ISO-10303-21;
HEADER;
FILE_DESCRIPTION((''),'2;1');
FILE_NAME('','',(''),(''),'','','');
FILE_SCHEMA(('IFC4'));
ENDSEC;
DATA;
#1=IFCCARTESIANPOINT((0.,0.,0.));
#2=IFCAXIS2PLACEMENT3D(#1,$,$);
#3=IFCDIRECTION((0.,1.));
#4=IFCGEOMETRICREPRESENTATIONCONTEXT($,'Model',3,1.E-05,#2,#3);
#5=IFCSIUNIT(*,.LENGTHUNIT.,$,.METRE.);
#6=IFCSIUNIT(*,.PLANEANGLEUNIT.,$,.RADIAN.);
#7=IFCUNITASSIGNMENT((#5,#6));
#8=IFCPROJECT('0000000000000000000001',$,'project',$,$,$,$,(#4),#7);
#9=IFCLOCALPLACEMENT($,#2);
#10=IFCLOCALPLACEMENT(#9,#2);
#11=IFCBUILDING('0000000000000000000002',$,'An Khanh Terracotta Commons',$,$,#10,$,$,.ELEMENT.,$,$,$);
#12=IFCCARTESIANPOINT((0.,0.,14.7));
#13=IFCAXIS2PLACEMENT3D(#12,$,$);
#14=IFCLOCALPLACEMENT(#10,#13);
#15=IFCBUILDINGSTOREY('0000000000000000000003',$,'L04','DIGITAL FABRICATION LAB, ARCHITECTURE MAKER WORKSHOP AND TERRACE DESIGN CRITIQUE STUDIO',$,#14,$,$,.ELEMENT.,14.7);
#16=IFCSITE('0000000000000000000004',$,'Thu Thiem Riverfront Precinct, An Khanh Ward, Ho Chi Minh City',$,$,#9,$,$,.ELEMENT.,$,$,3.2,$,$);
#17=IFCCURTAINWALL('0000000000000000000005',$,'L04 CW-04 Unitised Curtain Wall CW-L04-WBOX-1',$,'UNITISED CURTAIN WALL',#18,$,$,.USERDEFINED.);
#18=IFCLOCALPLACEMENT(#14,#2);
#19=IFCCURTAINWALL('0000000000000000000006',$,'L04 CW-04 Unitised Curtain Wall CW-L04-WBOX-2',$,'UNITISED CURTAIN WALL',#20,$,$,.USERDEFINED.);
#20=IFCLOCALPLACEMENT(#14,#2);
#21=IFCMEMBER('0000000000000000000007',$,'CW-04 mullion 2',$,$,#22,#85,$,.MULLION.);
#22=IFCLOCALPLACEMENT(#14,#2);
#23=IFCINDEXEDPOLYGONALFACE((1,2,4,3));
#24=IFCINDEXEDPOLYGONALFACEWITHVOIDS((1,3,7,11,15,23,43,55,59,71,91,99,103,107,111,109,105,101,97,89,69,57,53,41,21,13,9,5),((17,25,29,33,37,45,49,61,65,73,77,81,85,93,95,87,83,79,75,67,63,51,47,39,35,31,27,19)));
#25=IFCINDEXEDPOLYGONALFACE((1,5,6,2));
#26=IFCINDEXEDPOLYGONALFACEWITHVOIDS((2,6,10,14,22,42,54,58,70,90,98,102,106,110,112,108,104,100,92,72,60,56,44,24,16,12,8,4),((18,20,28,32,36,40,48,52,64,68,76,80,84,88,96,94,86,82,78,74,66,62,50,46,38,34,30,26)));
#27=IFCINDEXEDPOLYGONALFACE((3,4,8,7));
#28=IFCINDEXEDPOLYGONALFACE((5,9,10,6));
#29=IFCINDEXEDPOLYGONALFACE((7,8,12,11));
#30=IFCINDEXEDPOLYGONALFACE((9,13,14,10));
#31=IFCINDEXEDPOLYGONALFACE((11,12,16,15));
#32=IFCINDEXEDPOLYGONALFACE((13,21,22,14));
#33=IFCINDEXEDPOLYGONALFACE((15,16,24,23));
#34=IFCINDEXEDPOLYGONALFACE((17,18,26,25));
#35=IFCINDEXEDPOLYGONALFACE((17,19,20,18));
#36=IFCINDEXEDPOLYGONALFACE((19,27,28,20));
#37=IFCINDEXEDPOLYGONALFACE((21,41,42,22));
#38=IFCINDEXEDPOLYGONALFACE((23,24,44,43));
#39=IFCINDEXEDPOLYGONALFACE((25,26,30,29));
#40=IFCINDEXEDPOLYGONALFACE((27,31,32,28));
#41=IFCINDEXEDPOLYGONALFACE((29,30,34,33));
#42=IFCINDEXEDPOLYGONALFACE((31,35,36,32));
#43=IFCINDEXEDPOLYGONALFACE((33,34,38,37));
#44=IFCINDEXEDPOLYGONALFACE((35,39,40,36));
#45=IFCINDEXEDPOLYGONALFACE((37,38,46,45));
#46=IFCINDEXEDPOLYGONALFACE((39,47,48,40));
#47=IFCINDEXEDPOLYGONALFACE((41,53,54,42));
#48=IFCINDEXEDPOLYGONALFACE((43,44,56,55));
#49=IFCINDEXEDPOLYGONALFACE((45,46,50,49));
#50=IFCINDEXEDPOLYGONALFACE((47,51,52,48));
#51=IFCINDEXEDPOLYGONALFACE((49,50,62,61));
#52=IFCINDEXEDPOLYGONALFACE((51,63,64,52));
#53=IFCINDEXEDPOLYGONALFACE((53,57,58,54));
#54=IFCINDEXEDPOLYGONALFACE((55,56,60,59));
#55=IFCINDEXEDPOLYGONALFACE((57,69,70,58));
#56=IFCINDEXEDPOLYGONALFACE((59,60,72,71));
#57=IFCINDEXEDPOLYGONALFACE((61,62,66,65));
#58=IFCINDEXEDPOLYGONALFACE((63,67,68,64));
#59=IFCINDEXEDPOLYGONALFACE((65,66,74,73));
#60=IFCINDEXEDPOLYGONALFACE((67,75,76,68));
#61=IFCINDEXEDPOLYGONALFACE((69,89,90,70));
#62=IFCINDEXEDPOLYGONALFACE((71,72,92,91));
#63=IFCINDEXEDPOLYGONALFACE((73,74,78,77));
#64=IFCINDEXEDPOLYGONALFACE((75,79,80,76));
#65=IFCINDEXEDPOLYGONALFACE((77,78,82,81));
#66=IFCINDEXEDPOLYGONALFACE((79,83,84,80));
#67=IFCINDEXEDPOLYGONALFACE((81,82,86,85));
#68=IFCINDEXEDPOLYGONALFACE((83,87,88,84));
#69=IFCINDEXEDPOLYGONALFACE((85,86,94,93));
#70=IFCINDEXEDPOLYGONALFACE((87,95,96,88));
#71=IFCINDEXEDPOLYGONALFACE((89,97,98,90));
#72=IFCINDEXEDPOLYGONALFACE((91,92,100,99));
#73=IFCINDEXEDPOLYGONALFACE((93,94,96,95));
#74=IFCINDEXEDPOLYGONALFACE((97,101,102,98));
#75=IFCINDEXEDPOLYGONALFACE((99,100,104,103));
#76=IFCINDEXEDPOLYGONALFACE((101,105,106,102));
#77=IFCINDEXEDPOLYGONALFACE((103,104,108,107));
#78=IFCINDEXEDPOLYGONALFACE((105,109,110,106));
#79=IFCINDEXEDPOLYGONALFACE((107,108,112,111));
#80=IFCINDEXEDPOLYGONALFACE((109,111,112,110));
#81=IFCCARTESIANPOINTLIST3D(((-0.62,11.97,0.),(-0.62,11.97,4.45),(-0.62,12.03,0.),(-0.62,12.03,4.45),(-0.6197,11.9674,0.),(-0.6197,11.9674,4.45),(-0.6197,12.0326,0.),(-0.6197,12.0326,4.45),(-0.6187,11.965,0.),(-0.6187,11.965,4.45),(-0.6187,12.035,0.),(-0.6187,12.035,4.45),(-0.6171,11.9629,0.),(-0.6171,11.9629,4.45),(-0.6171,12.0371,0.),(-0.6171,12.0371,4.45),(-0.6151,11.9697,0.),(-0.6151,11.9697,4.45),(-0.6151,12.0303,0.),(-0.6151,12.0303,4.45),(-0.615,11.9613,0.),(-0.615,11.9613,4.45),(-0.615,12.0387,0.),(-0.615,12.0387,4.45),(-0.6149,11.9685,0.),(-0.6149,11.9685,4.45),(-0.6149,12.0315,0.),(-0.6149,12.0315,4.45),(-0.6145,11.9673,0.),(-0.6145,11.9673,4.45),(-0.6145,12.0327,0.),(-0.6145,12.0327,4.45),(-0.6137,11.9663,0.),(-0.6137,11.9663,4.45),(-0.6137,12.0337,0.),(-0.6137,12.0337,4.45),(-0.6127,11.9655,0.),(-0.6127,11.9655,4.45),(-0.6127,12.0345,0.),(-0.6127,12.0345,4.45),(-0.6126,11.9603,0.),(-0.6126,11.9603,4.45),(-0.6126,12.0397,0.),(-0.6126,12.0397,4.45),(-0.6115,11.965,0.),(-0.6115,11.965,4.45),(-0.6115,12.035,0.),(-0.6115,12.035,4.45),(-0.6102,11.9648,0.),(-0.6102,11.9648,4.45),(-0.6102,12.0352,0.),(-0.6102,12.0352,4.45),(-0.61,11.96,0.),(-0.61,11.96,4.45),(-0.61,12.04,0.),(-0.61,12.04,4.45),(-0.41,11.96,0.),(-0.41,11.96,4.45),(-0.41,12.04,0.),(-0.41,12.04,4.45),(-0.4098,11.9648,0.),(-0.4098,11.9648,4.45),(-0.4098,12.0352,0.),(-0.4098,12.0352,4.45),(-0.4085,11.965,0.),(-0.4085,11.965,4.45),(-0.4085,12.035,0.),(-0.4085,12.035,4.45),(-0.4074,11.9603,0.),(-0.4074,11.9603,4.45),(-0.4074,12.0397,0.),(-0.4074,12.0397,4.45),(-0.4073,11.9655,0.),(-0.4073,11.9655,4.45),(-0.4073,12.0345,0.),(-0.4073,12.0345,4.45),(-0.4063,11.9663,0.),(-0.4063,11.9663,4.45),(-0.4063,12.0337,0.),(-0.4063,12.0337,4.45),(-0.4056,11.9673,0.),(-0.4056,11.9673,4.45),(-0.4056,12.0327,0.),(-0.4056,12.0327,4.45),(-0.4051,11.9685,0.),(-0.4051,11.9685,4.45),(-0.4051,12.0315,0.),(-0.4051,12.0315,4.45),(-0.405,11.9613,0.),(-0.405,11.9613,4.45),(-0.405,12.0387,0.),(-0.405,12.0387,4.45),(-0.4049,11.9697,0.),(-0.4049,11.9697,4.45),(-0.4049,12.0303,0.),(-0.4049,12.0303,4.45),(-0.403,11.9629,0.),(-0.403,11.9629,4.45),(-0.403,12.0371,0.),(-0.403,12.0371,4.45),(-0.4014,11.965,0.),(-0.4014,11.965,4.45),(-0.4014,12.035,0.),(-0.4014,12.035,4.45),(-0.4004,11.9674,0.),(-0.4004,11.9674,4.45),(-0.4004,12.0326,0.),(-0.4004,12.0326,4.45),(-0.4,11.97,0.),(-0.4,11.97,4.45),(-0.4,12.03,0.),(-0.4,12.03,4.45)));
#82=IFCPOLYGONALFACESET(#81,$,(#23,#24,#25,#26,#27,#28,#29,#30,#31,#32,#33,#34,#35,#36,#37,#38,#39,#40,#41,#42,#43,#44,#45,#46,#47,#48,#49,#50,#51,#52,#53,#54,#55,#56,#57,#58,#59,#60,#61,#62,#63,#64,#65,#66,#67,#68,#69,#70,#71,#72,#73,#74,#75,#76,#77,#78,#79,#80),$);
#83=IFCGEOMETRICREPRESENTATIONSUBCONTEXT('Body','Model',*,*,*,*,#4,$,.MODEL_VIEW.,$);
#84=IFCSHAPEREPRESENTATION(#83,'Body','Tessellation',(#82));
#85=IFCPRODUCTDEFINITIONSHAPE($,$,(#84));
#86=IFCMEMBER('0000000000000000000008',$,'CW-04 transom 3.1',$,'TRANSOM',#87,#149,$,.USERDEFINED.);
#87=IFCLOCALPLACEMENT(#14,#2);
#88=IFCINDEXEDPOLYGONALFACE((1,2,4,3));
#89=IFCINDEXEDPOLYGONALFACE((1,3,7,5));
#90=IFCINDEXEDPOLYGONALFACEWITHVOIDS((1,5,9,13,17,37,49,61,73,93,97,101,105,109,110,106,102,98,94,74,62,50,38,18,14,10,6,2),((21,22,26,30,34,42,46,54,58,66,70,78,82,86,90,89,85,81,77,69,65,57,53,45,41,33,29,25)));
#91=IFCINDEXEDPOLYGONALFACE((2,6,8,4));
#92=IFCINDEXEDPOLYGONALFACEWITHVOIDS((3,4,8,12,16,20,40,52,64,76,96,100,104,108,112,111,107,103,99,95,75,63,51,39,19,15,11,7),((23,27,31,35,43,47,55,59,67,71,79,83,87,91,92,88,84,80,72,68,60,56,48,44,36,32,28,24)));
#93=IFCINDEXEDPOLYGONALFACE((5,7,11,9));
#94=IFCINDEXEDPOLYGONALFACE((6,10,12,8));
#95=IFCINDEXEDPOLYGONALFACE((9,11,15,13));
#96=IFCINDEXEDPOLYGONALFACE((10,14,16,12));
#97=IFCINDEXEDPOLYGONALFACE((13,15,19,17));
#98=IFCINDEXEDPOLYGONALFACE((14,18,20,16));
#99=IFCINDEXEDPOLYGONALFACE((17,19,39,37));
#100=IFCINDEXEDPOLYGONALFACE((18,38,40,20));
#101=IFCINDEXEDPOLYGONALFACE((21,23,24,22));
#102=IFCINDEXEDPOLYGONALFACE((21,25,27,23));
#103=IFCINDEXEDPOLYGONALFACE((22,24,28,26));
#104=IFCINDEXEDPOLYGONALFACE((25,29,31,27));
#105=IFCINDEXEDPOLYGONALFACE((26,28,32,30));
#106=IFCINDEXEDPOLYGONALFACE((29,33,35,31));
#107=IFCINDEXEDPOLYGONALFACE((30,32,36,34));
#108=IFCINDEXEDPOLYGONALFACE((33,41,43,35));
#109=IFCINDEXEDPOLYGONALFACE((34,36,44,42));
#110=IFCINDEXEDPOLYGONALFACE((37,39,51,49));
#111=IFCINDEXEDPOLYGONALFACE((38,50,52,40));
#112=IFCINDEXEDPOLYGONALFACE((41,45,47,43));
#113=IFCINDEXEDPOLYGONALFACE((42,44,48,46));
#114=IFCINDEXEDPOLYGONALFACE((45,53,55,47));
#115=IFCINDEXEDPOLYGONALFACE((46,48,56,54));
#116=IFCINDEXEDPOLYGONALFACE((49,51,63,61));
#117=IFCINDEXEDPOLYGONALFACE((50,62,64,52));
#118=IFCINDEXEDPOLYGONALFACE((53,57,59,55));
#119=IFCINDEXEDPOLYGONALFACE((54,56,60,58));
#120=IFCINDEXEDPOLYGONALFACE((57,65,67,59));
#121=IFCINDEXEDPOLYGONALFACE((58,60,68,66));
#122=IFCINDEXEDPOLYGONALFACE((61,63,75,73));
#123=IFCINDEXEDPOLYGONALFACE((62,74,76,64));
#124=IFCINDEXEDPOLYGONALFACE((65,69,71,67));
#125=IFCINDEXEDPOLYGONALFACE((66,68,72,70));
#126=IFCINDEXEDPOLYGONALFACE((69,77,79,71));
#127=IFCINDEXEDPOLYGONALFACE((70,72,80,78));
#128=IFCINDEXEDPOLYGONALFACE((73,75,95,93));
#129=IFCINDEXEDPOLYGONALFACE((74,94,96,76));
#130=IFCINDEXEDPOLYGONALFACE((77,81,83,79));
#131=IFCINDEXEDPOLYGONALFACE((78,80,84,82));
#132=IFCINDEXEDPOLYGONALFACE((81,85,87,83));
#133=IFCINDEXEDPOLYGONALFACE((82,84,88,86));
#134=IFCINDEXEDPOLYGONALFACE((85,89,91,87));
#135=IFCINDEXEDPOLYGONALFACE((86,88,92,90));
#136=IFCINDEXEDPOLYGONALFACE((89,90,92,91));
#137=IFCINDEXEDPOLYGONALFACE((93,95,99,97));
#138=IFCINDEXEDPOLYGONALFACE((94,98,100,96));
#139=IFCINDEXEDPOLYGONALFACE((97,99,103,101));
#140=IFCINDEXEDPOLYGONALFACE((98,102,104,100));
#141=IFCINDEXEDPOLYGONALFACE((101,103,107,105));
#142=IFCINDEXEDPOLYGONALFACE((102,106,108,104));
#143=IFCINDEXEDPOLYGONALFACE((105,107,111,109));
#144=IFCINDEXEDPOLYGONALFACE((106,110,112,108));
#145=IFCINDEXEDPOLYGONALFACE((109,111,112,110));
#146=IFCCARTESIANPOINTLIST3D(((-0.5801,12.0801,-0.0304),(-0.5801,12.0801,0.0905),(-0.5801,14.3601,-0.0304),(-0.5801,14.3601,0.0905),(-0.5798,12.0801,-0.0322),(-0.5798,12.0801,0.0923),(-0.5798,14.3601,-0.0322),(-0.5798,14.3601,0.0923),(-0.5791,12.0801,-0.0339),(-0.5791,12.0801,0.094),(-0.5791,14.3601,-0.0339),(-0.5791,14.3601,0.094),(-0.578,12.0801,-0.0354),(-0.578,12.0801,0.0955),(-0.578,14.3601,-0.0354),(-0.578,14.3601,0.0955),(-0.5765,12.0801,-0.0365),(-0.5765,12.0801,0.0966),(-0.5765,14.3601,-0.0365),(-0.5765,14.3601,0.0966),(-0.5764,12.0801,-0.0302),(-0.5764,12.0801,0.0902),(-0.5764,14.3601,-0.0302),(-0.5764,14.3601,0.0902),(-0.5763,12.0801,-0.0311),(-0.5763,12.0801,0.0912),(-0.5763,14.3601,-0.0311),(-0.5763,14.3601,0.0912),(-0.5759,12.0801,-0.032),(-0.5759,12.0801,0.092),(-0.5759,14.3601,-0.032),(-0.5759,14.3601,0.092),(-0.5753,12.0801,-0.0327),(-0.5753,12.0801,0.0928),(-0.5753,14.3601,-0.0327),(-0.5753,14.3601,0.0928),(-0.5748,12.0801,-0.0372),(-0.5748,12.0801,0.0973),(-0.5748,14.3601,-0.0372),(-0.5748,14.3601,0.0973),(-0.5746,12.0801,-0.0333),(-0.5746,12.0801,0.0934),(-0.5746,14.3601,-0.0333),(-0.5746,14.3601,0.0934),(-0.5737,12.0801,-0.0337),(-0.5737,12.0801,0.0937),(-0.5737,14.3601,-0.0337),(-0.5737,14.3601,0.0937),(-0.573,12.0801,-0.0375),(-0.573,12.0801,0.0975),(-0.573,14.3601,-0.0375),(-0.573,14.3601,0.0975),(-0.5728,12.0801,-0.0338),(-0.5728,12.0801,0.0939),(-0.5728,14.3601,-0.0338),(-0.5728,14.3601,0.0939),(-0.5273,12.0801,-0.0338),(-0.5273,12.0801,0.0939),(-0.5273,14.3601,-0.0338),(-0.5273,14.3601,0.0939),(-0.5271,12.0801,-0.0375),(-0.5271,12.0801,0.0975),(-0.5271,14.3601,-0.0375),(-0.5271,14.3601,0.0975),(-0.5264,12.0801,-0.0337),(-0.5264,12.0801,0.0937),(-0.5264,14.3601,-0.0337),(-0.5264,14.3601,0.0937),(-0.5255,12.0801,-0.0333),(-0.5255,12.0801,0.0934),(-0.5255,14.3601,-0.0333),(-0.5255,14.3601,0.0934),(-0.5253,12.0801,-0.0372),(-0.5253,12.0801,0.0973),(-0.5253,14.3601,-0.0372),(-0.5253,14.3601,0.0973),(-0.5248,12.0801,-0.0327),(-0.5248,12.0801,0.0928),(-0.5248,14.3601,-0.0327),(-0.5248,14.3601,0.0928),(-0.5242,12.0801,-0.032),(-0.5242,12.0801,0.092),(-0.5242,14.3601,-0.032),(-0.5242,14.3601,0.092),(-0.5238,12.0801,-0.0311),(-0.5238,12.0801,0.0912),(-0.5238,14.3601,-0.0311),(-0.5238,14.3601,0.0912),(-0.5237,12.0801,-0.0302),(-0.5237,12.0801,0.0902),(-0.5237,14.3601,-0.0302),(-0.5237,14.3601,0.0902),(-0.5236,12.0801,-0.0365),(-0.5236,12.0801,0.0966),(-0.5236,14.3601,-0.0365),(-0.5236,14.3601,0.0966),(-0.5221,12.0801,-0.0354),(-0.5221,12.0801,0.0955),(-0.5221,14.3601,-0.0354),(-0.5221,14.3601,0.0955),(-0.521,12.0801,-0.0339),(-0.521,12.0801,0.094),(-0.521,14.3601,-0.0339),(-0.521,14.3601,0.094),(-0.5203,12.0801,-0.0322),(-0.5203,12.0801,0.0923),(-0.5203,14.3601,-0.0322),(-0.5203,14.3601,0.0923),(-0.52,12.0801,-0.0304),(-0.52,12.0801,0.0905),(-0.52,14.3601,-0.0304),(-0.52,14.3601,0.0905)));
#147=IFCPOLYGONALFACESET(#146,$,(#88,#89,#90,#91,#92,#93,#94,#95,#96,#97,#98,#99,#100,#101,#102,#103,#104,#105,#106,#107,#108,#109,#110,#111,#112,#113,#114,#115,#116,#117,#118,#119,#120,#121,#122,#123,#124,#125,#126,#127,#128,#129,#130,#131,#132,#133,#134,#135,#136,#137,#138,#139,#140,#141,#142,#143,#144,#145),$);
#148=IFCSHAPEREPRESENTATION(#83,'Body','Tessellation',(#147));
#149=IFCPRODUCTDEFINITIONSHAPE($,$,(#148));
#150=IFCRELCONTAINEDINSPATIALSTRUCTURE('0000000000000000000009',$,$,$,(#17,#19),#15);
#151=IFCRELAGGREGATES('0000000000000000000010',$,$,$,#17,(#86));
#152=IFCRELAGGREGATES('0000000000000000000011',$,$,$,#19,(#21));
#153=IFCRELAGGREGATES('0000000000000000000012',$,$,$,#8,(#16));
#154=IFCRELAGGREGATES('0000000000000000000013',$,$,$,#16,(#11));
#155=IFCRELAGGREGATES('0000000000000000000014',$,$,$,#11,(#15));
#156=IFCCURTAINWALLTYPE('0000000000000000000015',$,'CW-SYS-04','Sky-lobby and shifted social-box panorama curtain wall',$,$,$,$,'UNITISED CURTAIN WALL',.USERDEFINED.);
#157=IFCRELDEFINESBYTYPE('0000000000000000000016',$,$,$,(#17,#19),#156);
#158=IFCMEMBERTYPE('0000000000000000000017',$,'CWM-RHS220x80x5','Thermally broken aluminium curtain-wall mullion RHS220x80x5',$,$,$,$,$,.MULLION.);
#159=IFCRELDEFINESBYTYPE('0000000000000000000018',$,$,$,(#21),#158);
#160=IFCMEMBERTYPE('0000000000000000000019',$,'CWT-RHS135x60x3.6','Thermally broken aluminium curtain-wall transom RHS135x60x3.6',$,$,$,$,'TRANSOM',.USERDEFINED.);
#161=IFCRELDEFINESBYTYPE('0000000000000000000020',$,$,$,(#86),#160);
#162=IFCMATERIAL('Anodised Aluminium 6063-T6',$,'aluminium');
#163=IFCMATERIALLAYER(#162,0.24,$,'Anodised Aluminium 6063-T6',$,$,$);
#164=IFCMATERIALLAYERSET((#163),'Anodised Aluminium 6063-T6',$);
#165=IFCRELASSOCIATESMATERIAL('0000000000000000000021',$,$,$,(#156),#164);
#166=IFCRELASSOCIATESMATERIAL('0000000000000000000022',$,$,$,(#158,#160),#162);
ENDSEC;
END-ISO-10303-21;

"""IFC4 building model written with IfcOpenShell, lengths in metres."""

from ifc_helpers import new_model, si_unit, direction, frame, origin, origin_2d, place, context, subcontext, project, spatial, hollow_rectangle, extrude, material, layer, layer_set, material_profile, profile_set, type_object, element, aggregate, save


model = new_model("IFC4")

# Units and contexts
model_context = context("Model", 3, precision=1e-05, world=origin(), true_north=direction((0.0, 1.0)))
body_context = subcontext(model_context, "Body", "Model", "MODEL_VIEW")
ifc_project = project(units=[si_unit("LENGTHUNIT", "METRE"), si_unit("PLANEANGLEUNIT", "RADIAN")], contexts=[model_context])

# Site, building, storey
site_placement = place(None, origin())
site = spatial("IfcSite", under=ifc_project, at=site_placement, Name="Thu Thiem Riverfront Precinct, An Khanh Ward, Ho Chi Minh City", CompositionType="ELEMENT", RefElevation=3.2)
building_placement = place(site_placement, origin())
building = spatial("IfcBuilding", under=site, at=building_placement, Name="An Khanh Terracotta Commons", CompositionType="ELEMENT")
storey_placement = place(building_placement, frame((0.0, 0.0, 14.7)))
storey = spatial("IfcBuildingStorey", under=building, at=storey_placement, Name="L04", Description="DIGITAL FABRICATION LAB, ARCHITECTURE MAKER WORKSHOP AND TERRACE DESIGN CRITIQUE STUDIO", CompositionType="ELEMENT", Elevation=14.7)

# Curtain walls, member
ifc_material_1 = material(Name="Anodised Aluminium 6063-T6", Category="aluminium")
ifc_layer_1 = layer(ifc_material_1, 0.24, Name="Anodised Aluminium 6063-T6")
ifc_layer_set_1 = layer_set([ifc_layer_1], Name="Anodised Aluminium 6063-T6")
curtain_wall_type = type_object("IfcCurtainWallType", Name="CW-SYS-04", Description="Sky-lobby and shifted social-box panorama curtain wall", ElementType="UNITISED CURTAIN WALL", PredefinedType="USERDEFINED", material=ifc_layer_set_1)
curtain_wall_1_placement = place(storey_placement, origin())
curtain_wall_1 = element("IfcCurtainWall", 1, at=curtain_wall_1_placement, inside=storey, type_object=curtain_wall_type, Name="L04 CW-04 Unitised Curtain Wall CW-L04-WBOX-1", ObjectType="UNITISED CURTAIN WALL", PredefinedType="USERDEFINED")
ifc_material_profile_1 = material_profile(ifc_material_1, hollow_rectangle(XDim=0.0801, YDim=0.22, WallThickness=0.0049, InnerFilletRadius=0.0049, OuterFilletRadius=0.01, at=origin_2d()), Name="RHS220x80x5")
ifc_profile_set_1 = profile_set([ifc_material_profile_1], Name="Anodised Aluminium 6063-T6")
member_type_1 = type_object("IfcMemberType", Name="CWM-RHS220x80x5", Description="Thermally broken aluminium curtain-wall mullion RHS220x80x5", PredefinedType="MULLION", material=ifc_profile_set_1)
curtain_wall_2_placement = place(storey_placement, origin())
curtain_wall_2 = element("IfcCurtainWall", 2, at=curtain_wall_2_placement, inside=storey, type_object=curtain_wall_type, Name="L04 CW-04 Unitised Curtain Wall CW-L04-WBOX-2", ObjectType="UNITISED CURTAIN WALL", PredefinedType="USERDEFINED")
member_1_placement = place(storey_placement, frame((-0.51, 12.0, 0.0), z_axis=(0.0, 0.0, 1.0), x_axis=(0.0, -1.0, 0.0)))
member_1 = element("IfcMember", 3, at=member_1_placement, type_object=member_type_1, Name="CW-04 mullion 2", PredefinedType="MULLION", context=body_context, shape_type="SweptSolid", body=[
    extrude(hollow_rectangle(XDim=0.0801, YDim=0.22, WallThickness=0.0049, InnerFilletRadius=0.0049, OuterFilletRadius=0.01, at=origin_2d()), origin(), (0.0, 0.0, 1.0), 4.45),
])

# Member
ifc_material_profile_2 = material_profile(ifc_material_1, hollow_rectangle(XDim=0.0601, YDim=0.135, WallThickness=0.0037, InnerFilletRadius=0.0037, OuterFilletRadius=0.0071, at=origin_2d()), Name="RHS135x60x3.6")
ifc_profile_set_2 = profile_set([ifc_material_profile_2], Name="Anodised Aluminium 6063-T6")
member_type_2 = type_object("IfcMemberType", Name="CWT-RHS135x60x3.6", Description="Thermally broken aluminium curtain-wall transom RHS135x60x3.6", ElementType="TRANSOM", PredefinedType="USERDEFINED", material=ifc_profile_set_2)
member_2_placement = place(storey_placement, frame((-0.55, 14.3601, 0.03), z_axis=(0.0, -1.0, 0.0), x_axis=(1.0, 0.0, 0.0)))
member_2 = element("IfcMember", 4, at=member_2_placement, type_object=member_type_2, Name="CW-04 transom 3.1", ObjectType="TRANSOM", PredefinedType="USERDEFINED", context=body_context, shape_type="SweptSolid", body=[
    extrude(hollow_rectangle(XDim=0.0601, YDim=0.135, WallThickness=0.0037, InnerFilletRadius=0.0037, OuterFilletRadius=0.0071, at=origin_2d()), origin(), (0.0, 0.0, 1.0), 2.28),
])

aggregate(curtain_wall_1, [member_2])
aggregate(curtain_wall_2, [member_1])

save(model, "model.ifc")
